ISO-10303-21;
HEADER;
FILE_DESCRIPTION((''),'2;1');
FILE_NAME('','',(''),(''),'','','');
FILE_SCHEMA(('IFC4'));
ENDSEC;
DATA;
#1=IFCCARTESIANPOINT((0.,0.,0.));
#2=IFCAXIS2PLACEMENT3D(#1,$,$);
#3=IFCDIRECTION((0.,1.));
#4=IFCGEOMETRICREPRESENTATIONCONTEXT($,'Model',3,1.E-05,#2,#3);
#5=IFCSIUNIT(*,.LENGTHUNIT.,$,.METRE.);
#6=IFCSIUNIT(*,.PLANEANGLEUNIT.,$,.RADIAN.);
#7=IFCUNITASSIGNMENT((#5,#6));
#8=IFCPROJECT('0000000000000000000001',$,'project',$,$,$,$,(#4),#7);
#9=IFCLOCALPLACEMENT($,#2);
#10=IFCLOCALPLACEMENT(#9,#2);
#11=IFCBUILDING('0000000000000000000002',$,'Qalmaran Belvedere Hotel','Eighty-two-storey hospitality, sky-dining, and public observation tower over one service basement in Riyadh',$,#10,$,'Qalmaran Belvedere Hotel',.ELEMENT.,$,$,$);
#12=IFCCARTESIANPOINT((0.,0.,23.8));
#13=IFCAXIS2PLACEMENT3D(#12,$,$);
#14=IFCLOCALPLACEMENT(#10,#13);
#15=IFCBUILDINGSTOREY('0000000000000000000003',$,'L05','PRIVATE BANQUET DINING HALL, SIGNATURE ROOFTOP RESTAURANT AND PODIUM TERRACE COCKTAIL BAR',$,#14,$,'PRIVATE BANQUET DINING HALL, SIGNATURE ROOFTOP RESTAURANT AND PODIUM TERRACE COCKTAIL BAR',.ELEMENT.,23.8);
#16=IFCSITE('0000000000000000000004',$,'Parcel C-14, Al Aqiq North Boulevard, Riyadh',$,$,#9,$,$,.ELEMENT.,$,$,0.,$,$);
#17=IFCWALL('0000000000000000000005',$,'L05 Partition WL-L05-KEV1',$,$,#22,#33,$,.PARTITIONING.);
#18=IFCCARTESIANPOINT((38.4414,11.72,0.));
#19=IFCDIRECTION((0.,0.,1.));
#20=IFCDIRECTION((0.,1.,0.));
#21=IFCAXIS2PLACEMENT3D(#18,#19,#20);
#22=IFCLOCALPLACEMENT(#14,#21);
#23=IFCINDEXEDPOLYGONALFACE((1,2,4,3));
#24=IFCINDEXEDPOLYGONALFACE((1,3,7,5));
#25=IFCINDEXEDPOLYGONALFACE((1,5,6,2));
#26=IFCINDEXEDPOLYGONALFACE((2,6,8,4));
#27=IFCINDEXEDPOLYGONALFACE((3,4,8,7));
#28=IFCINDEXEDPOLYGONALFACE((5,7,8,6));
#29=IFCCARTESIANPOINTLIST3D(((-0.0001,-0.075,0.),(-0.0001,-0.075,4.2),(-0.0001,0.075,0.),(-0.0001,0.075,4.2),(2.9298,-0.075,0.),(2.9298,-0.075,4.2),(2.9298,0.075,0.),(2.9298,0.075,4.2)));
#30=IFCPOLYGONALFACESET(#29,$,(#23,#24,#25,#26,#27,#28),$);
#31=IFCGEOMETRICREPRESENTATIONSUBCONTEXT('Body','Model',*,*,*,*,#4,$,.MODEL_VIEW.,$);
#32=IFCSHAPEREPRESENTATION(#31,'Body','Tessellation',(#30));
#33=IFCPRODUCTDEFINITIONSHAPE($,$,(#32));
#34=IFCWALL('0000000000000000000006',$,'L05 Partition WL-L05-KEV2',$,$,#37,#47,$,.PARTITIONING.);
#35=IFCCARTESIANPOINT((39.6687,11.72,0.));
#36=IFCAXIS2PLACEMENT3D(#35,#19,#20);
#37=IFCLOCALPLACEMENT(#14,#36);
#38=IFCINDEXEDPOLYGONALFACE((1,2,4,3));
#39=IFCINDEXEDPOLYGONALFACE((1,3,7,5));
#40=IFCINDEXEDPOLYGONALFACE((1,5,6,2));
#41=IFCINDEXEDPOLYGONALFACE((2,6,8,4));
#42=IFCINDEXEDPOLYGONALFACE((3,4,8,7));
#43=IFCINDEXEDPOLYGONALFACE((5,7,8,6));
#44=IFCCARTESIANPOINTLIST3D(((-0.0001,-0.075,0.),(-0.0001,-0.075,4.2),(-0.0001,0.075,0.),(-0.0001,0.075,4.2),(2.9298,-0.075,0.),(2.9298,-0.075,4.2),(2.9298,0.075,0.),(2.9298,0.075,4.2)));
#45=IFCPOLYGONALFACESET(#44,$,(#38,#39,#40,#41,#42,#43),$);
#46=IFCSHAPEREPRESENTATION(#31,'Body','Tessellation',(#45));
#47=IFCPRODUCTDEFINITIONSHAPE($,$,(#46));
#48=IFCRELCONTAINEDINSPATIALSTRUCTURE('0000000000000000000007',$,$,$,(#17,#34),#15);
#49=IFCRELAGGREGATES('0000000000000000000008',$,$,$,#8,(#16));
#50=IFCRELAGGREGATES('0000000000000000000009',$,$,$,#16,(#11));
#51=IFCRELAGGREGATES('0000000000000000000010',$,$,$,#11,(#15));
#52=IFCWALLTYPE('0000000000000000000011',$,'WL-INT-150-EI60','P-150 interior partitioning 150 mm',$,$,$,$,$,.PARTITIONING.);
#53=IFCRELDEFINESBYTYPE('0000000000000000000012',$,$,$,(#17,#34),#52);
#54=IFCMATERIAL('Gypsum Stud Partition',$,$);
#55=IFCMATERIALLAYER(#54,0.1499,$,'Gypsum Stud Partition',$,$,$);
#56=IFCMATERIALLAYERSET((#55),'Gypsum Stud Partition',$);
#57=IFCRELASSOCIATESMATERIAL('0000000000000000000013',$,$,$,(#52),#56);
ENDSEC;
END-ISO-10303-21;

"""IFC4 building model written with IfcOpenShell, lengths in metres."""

from ifc_helpers import new_model, si_unit, direction, frame, frame_2d, origin, place, context, subcontext, project, spatial, rectangle, extrude, material, layer, layer_set, type_object, element, save


model = new_model("IFC4")

# Units and contexts
model_context = context("Model", 3, precision=1e-05, world=origin(), true_north=direction((0.0, 1.0)))
body_context = subcontext(model_context, "Body", "Model", "MODEL_VIEW")
ifc_project = project(units=[si_unit("LENGTHUNIT", "METRE"), si_unit("PLANEANGLEUNIT", "RADIAN")], contexts=[model_context])

# Site, building, storey
site_placement = place(None, origin())
site = spatial("IfcSite", under=ifc_project, at=site_placement, Name="Parcel C-14, Al Aqiq North Boulevard, Riyadh", CompositionType="ELEMENT", RefElevation=0.0)
building_placement = place(site_placement, origin())
building = spatial("IfcBuilding", under=site, at=building_placement, Name="Qalmaran Belvedere Hotel", Description="Eighty-two-storey hospitality, sky-dining, and public observation tower over one service basement in Riyadh", LongName="Qalmaran Belvedere Hotel", CompositionType="ELEMENT")
storey_placement = place(building_placement, frame((0.0, 0.0, 23.8)))
storey = spatial("IfcBuildingStorey", under=building, at=storey_placement, Name="L05", Description="PRIVATE BANQUET DINING HALL, SIGNATURE ROOFTOP RESTAURANT AND PODIUM TERRACE COCKTAIL BAR", LongName="PRIVATE BANQUET DINING HALL, SIGNATURE ROOFTOP RESTAURANT AND PODIUM TERRACE COCKTAIL BAR", CompositionType="ELEMENT", Elevation=23.8)

# Walls
ifc_material_1 = material(Name="Gypsum Stud Partition")
ifc_layer_1 = layer(ifc_material_1, 0.1499, Name="Gypsum Stud Partition")
ifc_layer_set_1 = layer_set([ifc_layer_1], Name="Gypsum Stud Partition")
wall_type_1 = type_object("IfcWallType", Name="WL-INT-150-EI60", Description="P-150 interior partitioning 150 mm", PredefinedType="PARTITIONING", material=ifc_layer_set_1)
for number, where, z_axis, x_axis, name in (
    (1, (38.4414, 11.72, 0.0), (0.0, 0.0, 1.0), (0.0, 1.0, 0.0), "L05 Partition WL-L05-KEV1"),
    (2, (39.6687, 11.72, 0.0), (0.0, 0.0, 1.0), (0.0, 1.0, 0.0), "L05 Partition WL-L05-KEV2"),
):
    element("IfcWall", number, at=place(storey_placement, frame(where, z_axis=z_axis, x_axis=x_axis)), inside=storey, type_object=wall_type_1, Name=name, PredefinedType="PARTITIONING", context=body_context, shape_type="SweptSolid", body=[
        extrude(rectangle(XDim=2.9299, YDim=0.1499, at=frame_2d((1.4648, 0.0))), origin(), (0.0, 0.0, 1.0), 4.2),
    ])

save(model, "model.ifc")
